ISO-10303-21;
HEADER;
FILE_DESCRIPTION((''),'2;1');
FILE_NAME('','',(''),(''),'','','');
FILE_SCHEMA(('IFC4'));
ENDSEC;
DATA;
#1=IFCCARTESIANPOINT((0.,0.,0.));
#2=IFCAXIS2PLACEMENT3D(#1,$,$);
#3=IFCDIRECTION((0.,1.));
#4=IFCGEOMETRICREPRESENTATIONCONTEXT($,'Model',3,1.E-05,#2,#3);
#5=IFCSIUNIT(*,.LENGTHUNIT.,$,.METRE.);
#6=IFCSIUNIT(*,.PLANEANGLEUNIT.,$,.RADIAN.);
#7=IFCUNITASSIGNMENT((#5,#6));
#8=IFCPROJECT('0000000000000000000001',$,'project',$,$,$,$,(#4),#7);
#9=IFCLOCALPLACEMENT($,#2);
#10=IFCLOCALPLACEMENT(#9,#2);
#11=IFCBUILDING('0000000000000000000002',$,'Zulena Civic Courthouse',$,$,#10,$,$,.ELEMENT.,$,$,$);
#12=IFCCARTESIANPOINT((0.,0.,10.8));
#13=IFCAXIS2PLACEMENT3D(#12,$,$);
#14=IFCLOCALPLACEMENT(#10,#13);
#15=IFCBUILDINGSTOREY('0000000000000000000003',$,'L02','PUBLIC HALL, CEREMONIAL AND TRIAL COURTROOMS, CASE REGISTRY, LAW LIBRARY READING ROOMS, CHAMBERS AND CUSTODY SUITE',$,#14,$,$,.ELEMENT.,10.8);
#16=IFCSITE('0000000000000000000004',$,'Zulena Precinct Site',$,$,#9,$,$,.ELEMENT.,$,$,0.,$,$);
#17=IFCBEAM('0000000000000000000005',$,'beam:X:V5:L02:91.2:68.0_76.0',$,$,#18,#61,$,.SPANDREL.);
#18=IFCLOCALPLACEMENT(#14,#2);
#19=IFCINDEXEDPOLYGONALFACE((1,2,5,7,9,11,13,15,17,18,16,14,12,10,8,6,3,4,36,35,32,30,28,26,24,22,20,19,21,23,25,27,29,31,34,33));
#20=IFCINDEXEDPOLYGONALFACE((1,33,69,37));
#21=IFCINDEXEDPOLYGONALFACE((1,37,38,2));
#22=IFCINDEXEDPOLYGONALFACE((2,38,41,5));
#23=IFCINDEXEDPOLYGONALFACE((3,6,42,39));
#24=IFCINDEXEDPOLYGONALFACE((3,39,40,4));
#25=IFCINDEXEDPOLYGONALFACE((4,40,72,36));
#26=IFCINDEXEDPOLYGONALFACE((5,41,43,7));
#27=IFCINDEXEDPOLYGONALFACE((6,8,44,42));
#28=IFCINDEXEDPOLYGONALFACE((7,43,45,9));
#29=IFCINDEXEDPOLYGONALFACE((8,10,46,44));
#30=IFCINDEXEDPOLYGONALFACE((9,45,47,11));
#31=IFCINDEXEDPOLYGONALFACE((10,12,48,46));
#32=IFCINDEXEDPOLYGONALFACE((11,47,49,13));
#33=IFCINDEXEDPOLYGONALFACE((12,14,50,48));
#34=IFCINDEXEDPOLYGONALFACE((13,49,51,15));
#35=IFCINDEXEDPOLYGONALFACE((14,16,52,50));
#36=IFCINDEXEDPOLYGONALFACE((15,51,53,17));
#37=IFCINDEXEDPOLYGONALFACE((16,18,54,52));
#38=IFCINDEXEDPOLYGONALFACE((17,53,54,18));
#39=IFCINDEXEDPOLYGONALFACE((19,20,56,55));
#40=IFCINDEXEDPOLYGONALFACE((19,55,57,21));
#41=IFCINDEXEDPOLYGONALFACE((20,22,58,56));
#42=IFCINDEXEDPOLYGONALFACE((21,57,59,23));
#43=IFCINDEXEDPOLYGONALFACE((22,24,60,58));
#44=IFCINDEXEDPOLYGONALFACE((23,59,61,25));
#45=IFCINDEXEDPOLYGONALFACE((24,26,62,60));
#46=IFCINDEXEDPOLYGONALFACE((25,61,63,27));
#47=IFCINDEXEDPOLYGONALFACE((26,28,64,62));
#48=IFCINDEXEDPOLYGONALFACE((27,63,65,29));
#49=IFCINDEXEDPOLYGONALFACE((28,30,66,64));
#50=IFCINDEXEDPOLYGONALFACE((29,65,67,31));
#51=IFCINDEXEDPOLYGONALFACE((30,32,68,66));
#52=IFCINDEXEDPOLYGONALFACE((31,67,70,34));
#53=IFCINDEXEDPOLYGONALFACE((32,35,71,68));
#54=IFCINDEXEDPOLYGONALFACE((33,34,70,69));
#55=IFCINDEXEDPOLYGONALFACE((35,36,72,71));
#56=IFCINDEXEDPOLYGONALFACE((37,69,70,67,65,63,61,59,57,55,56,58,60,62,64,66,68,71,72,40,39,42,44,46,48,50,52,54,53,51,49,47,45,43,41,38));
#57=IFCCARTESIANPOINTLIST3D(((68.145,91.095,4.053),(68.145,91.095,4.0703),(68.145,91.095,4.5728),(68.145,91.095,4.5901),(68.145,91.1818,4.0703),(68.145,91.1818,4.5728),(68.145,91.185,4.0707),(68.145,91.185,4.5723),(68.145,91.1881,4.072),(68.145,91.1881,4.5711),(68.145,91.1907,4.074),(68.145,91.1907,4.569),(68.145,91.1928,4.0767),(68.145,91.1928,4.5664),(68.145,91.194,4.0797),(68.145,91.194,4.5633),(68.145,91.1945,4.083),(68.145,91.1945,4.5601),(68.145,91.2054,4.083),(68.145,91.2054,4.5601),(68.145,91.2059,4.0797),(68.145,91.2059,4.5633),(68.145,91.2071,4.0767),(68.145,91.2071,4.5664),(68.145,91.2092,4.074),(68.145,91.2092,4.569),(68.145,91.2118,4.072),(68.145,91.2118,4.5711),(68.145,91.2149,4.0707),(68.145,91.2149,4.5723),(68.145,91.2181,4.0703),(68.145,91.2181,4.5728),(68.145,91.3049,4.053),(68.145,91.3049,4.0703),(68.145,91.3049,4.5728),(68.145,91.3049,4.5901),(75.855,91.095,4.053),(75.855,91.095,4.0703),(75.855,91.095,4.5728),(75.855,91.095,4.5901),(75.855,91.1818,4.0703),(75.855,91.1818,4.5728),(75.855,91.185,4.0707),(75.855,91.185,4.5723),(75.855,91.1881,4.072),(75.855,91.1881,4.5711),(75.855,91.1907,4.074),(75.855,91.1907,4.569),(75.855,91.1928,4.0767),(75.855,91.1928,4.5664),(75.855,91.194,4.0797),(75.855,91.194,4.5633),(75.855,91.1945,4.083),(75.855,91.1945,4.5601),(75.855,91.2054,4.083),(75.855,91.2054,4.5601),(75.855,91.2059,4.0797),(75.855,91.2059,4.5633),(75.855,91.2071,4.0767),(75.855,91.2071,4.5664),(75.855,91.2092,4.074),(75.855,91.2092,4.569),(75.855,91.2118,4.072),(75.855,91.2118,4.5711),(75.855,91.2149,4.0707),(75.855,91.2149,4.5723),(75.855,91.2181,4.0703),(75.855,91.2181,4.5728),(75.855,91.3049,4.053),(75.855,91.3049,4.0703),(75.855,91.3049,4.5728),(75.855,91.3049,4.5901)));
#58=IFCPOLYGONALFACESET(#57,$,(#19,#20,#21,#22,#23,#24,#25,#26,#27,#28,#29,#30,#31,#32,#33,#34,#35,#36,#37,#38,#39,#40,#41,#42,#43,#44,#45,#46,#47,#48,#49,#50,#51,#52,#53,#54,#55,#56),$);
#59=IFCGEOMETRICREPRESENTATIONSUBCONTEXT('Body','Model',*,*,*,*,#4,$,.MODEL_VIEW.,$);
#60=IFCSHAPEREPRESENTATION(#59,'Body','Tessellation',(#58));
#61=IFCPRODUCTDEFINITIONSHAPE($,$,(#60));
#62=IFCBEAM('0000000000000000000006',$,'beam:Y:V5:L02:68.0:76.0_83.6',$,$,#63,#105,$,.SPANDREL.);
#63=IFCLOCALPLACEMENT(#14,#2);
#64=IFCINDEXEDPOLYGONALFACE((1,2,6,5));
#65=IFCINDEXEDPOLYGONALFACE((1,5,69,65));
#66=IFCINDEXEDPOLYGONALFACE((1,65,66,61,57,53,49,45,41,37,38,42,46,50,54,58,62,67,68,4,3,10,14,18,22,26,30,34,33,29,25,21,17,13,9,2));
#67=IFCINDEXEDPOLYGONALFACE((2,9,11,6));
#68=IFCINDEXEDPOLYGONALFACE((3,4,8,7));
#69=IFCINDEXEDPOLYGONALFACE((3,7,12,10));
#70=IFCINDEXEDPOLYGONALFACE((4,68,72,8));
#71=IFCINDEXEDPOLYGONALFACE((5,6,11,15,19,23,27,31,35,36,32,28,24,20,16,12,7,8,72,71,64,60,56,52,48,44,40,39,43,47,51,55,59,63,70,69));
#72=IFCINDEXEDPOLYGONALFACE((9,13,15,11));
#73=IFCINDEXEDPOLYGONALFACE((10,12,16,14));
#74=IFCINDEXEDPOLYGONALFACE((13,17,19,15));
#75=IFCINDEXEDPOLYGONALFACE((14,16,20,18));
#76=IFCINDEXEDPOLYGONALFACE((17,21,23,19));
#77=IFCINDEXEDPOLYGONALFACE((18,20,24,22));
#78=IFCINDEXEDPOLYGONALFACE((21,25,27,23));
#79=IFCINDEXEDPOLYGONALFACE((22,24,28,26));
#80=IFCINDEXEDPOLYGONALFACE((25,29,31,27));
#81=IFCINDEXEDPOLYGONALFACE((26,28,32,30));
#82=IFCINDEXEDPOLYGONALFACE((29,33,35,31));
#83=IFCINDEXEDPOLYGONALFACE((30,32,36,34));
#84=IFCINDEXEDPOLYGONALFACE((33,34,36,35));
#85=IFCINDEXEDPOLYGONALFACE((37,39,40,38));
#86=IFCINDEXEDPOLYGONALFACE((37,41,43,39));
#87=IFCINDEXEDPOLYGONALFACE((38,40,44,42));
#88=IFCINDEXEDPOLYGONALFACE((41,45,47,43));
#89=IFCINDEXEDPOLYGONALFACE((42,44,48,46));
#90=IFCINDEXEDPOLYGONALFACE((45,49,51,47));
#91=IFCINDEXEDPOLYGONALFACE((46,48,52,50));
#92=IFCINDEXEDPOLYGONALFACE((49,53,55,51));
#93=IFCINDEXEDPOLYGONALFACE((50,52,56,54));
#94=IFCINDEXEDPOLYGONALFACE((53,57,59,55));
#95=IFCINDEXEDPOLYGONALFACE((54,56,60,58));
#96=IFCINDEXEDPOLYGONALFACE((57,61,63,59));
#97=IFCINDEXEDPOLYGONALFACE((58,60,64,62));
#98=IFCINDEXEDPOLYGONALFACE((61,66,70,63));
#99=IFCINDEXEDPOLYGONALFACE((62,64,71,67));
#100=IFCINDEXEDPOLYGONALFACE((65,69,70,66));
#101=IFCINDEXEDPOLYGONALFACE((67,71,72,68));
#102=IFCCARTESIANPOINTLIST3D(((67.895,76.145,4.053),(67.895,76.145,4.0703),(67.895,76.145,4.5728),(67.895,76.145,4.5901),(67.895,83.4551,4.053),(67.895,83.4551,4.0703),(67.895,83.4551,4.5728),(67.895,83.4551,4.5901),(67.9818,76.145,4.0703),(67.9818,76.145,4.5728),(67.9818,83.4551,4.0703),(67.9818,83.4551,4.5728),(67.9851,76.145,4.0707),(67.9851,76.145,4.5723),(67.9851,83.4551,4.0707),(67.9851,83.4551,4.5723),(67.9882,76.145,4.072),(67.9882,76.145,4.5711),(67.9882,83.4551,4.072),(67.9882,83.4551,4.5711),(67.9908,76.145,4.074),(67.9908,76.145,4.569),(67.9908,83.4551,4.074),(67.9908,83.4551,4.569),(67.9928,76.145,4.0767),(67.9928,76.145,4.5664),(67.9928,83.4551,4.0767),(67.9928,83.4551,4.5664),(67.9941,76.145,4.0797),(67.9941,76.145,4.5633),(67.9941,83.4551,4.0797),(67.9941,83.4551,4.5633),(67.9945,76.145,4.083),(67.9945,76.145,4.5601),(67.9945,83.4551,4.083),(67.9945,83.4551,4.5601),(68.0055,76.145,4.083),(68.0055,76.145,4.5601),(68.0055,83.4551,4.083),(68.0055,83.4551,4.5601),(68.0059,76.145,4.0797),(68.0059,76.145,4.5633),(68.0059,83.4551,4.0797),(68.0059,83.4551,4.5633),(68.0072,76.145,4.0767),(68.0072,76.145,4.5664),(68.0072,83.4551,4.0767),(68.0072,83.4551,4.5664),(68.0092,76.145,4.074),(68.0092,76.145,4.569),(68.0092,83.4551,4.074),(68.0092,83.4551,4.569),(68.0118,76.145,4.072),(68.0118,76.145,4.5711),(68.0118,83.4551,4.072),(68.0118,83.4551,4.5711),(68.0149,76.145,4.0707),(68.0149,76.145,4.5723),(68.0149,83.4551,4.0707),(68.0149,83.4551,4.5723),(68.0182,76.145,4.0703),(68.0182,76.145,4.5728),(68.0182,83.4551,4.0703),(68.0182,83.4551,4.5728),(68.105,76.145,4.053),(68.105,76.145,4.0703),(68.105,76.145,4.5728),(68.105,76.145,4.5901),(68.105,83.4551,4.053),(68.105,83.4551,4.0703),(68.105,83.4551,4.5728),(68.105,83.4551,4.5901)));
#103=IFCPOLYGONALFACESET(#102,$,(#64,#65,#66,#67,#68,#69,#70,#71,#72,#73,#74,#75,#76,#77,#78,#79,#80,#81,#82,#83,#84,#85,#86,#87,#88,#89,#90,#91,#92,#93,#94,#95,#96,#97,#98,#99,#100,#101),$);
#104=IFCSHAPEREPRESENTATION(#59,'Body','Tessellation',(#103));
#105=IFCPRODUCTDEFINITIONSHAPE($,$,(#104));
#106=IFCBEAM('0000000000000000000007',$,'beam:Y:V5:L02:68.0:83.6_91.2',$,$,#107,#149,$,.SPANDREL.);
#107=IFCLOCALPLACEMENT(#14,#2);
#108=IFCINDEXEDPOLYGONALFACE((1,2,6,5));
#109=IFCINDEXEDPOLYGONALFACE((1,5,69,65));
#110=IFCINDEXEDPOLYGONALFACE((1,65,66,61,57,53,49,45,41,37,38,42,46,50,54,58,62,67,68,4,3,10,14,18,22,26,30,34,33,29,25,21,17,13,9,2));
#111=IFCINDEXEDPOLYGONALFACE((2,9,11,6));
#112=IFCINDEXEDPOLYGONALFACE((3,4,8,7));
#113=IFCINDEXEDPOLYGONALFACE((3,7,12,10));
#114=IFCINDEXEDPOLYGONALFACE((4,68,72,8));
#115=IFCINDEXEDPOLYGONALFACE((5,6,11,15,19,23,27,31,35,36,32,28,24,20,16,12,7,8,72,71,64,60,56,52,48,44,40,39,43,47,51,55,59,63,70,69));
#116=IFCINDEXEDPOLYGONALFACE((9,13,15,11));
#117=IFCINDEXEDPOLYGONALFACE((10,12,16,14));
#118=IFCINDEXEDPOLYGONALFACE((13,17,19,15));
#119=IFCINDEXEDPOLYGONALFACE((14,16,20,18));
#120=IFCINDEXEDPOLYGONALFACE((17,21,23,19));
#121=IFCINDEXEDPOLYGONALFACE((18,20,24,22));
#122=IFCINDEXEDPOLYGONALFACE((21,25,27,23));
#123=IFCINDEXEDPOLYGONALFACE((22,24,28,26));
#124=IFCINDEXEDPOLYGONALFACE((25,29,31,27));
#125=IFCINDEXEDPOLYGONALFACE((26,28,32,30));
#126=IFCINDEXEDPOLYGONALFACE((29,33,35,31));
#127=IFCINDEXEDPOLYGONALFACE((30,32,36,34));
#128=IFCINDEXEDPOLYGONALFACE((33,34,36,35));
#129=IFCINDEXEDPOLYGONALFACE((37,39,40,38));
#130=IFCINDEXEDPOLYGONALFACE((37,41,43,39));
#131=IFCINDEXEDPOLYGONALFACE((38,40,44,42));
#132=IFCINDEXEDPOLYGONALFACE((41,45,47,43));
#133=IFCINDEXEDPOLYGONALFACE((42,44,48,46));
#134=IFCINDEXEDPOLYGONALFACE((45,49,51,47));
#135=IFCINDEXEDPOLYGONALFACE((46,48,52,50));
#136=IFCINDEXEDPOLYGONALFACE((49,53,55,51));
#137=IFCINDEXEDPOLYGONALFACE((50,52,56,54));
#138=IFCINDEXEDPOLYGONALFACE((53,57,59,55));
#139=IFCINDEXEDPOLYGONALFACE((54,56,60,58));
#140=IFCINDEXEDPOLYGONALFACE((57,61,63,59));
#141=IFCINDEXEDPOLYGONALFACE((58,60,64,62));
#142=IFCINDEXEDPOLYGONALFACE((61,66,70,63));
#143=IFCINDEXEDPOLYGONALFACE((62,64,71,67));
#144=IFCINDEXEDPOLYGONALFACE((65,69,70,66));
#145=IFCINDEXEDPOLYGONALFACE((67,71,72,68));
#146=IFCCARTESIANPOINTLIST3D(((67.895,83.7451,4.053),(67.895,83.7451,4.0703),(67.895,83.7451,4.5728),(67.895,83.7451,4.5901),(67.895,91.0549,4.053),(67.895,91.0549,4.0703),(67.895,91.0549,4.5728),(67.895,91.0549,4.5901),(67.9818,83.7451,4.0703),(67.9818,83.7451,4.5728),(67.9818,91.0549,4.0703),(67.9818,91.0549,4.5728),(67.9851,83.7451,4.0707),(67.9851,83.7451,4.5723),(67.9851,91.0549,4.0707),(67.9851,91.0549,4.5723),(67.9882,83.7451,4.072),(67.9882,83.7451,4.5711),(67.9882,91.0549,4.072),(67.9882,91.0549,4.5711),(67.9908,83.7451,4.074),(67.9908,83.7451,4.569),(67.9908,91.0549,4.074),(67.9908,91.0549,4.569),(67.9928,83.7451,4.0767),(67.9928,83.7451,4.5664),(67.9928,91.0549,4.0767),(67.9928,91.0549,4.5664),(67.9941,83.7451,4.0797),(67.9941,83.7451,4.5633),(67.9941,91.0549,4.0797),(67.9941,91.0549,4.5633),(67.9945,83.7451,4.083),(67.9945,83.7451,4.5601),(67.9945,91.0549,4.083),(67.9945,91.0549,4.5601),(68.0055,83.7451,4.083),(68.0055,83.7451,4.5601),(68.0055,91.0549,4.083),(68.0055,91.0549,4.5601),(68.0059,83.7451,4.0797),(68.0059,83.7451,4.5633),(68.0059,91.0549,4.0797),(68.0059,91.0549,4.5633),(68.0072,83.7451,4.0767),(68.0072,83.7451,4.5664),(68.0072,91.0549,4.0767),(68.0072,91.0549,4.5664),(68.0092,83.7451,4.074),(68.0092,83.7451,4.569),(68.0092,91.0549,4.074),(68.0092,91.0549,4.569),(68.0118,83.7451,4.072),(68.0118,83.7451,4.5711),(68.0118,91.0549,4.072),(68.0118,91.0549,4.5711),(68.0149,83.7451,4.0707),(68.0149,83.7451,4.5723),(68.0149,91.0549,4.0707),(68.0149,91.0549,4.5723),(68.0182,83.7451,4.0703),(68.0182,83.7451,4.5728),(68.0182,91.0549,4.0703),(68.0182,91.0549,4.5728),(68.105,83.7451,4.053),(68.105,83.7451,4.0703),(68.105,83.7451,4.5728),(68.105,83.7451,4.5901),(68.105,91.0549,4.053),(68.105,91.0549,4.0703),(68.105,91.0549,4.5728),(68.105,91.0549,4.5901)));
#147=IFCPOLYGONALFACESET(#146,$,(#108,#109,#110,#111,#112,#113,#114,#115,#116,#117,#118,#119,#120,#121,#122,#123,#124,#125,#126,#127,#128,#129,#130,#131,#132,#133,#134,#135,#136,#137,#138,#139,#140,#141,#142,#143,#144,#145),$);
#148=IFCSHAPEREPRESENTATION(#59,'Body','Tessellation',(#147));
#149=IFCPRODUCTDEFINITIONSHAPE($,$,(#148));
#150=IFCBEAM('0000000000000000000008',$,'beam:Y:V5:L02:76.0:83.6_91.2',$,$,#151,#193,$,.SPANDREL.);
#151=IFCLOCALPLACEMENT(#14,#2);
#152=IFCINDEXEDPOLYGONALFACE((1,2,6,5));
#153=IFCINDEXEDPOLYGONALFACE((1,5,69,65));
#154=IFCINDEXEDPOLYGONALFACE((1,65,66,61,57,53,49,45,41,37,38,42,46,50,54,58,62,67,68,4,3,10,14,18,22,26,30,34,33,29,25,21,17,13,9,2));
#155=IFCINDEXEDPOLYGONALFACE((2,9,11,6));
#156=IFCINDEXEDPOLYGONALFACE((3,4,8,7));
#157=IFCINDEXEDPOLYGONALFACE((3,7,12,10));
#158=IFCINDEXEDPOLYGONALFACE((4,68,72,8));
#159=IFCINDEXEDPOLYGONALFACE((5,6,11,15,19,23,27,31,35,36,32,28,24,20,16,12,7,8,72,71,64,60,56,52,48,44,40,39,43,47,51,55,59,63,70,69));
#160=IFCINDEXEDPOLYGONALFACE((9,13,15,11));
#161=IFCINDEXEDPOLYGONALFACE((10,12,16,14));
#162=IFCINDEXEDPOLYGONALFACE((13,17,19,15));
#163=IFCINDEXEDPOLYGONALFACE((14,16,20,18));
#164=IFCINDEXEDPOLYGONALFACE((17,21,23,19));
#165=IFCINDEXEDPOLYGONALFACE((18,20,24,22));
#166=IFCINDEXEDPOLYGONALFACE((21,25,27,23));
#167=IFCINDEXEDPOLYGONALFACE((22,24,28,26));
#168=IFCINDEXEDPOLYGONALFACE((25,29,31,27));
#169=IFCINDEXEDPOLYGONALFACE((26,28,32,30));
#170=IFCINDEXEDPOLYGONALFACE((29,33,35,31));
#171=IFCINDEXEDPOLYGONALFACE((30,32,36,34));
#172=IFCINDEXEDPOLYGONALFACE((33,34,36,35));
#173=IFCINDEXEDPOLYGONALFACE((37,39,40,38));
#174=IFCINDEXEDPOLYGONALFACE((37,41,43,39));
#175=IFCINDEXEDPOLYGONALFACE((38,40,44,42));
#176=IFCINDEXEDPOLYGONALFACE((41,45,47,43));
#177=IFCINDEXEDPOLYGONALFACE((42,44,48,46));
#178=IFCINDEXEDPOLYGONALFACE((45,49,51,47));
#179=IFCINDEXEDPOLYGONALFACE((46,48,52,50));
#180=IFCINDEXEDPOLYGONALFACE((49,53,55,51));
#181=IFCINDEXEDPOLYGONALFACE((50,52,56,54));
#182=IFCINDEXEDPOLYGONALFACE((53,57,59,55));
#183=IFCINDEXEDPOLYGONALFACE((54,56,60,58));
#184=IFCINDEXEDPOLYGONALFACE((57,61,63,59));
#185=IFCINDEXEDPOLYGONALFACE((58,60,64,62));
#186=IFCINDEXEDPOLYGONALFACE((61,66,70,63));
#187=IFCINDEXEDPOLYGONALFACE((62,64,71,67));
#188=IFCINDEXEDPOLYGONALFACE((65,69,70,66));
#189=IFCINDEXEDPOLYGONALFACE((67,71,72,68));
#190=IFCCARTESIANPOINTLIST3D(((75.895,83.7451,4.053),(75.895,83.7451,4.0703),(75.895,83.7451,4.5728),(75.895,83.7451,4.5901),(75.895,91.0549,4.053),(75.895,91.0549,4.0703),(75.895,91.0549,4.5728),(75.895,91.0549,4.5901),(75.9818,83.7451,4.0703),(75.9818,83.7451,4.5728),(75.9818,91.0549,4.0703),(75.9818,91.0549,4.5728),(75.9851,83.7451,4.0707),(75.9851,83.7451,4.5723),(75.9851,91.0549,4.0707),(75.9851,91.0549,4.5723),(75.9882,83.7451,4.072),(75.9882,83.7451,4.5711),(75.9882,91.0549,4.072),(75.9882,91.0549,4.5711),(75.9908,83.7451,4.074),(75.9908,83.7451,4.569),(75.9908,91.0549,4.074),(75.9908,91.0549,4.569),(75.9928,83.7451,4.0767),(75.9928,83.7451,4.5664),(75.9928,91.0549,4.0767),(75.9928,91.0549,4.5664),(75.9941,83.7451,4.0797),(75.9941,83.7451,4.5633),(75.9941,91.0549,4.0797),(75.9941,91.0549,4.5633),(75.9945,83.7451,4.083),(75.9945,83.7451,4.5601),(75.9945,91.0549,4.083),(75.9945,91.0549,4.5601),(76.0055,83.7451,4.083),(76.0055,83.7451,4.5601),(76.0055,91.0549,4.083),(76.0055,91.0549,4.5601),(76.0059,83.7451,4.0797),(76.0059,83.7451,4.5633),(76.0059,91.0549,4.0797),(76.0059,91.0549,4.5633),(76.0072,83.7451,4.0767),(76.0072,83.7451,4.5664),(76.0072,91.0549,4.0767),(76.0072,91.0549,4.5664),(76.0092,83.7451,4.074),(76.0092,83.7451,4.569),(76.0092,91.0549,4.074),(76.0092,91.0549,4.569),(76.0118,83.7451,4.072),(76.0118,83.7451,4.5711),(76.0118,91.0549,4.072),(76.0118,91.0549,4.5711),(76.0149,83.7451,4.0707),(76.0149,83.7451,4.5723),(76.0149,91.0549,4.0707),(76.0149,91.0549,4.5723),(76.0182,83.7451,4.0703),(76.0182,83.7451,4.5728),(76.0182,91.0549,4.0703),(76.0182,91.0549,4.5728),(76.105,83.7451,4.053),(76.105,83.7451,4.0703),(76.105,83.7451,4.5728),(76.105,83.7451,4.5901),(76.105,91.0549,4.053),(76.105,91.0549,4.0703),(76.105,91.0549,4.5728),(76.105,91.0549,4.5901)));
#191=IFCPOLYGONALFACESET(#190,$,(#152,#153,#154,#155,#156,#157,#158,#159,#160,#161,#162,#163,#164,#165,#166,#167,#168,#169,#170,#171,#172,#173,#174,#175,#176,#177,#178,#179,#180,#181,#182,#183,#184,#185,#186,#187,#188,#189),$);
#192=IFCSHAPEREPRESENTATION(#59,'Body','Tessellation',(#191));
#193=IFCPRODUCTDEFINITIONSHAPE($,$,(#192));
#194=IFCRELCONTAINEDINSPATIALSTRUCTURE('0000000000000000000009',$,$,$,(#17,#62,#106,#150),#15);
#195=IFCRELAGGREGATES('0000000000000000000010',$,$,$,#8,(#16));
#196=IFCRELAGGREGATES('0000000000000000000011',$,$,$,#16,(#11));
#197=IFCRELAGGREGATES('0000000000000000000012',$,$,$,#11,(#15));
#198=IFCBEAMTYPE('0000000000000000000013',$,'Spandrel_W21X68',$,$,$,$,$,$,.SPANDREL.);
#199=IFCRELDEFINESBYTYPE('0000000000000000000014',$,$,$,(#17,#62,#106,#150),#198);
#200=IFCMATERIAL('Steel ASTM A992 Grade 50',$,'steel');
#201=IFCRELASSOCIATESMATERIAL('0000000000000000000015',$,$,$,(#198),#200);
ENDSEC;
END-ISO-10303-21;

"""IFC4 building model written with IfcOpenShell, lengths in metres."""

from ifc_helpers import new_model, si_unit, direction, frame, origin, origin_2d, place, context, subcontext, project, spatial, i_section, extrude, material, material_profile, profile_set, type_object, element, save


model = new_model("IFC4")

# Units and contexts
model_context = context("Model", 3, precision=1e-05, world=origin(), true_north=direction((0.0, 1.0)))
body_context = subcontext(model_context, "Body", "Model", "MODEL_VIEW")
ifc_project = project(units=[si_unit("LENGTHUNIT", "METRE"), si_unit("PLANEANGLEUNIT", "RADIAN")], contexts=[model_context])

# Site, building, storey
site_placement = place(None, origin())
site = spatial("IfcSite", under=ifc_project, at=site_placement, Name="Zulena Precinct Site", CompositionType="ELEMENT", RefElevation=0.0)
building_placement = place(site_placement, origin())
building = spatial("IfcBuilding", under=site, at=building_placement, Name="Zulena Civic Courthouse", CompositionType="ELEMENT")
storey_placement = place(building_placement, frame((0.0, 0.0, 10.8)))
storey = spatial("IfcBuildingStorey", under=building, at=storey_placement, Name="L02", Description="PUBLIC HALL, CEREMONIAL AND TRIAL COURTROOMS, CASE REGISTRY, LAW LIBRARY READING ROOMS, CHAMBERS AND CUSTODY SUITE", CompositionType="ELEMENT", Elevation=10.8)

# Shared definitions
ifc_material_1 = material(Name="Steel ASTM A992 Grade 50", Category="steel")

# Beams
ifc_material_profile_1 = material_profile(ifc_material_1, i_section(OverallWidth=0.21, OverallDepth=0.5371, WebThickness=0.011, FlangeThickness=0.0173, FilletRadius=0.0127, at=origin_2d()), Name="W21X68")
ifc_profile_set_1 = profile_set([ifc_material_profile_1], Name="Steel ASTM A992 Grade 50")
beam_type_1 = type_object("IfcBeamType", Name="Spandrel_W21X68", PredefinedType="SPANDREL", material=ifc_profile_set_1)
for number, where, z_axis, x_axis, name in (
    (1, (68.145, 91.2, 4.3215), (1.0, 0.0, 0.0), (0.0, 1.0, 0.0), "beam:X:V5:L02:91.2:68.0_76.0"),
):
    element("IfcBeam", number, at=place(storey_placement, frame(where, z_axis=z_axis, x_axis=x_axis)), inside=storey, type_object=beam_type_1, Name=name, PredefinedType="SPANDREL", context=body_context, shape_type="SweptSolid", body=[
        extrude(i_section(OverallWidth=0.21, OverallDepth=0.5371, WebThickness=0.011, FlangeThickness=0.0173, FilletRadius=0.0127, at=origin_2d()), origin(), (0.0, 0.0, 1.0), 7.71),
    ])
beam_1_placement = place(storey_placement, frame((68.0, 76.145, 4.3215), z_axis=(0.0, 1.0, 0.0), x_axis=(-1.0, 0.0, 0.0)))
element("IfcBeam", 2, at=beam_1_placement, inside=storey, type_object=beam_type_1, Name="beam:Y:V5:L02:68.0:76.0_83.6", PredefinedType="SPANDREL", context=body_context, shape_type="SweptSolid", body=[
    extrude(i_section(OverallWidth=0.21, OverallDepth=0.5371, WebThickness=0.011, FlangeThickness=0.0173, FilletRadius=0.0127, at=origin_2d()), origin(), (0.0, 0.0, 1.0), 7.3101),
])
for number, where, z_axis, x_axis, name in (
    (3, (68.0, 83.7451, 4.3215), (0.0, 1.0, 0.0), (-1.0, 0.0, 0.0), "beam:Y:V5:L02:68.0:83.6_91.2"),
    (4, (76.0, 83.7451, 4.3215), (0.0, 1.0, 0.0), (-1.0, 0.0, 0.0), "beam:Y:V5:L02:76.0:83.6_91.2"),
):
    element("IfcBeam", number, at=place(storey_placement, frame(where, z_axis=z_axis, x_axis=x_axis)), inside=storey, type_object=beam_type_1, Name=name, PredefinedType="SPANDREL", context=body_context, shape_type="SweptSolid", body=[
        extrude(i_section(OverallWidth=0.21, OverallDepth=0.5371, WebThickness=0.011, FlangeThickness=0.0173, FilletRadius=0.0127, at=origin_2d()), origin(), (0.0, 0.0, 1.0), 7.3098),
    ])

save(model, "model.ifc")
